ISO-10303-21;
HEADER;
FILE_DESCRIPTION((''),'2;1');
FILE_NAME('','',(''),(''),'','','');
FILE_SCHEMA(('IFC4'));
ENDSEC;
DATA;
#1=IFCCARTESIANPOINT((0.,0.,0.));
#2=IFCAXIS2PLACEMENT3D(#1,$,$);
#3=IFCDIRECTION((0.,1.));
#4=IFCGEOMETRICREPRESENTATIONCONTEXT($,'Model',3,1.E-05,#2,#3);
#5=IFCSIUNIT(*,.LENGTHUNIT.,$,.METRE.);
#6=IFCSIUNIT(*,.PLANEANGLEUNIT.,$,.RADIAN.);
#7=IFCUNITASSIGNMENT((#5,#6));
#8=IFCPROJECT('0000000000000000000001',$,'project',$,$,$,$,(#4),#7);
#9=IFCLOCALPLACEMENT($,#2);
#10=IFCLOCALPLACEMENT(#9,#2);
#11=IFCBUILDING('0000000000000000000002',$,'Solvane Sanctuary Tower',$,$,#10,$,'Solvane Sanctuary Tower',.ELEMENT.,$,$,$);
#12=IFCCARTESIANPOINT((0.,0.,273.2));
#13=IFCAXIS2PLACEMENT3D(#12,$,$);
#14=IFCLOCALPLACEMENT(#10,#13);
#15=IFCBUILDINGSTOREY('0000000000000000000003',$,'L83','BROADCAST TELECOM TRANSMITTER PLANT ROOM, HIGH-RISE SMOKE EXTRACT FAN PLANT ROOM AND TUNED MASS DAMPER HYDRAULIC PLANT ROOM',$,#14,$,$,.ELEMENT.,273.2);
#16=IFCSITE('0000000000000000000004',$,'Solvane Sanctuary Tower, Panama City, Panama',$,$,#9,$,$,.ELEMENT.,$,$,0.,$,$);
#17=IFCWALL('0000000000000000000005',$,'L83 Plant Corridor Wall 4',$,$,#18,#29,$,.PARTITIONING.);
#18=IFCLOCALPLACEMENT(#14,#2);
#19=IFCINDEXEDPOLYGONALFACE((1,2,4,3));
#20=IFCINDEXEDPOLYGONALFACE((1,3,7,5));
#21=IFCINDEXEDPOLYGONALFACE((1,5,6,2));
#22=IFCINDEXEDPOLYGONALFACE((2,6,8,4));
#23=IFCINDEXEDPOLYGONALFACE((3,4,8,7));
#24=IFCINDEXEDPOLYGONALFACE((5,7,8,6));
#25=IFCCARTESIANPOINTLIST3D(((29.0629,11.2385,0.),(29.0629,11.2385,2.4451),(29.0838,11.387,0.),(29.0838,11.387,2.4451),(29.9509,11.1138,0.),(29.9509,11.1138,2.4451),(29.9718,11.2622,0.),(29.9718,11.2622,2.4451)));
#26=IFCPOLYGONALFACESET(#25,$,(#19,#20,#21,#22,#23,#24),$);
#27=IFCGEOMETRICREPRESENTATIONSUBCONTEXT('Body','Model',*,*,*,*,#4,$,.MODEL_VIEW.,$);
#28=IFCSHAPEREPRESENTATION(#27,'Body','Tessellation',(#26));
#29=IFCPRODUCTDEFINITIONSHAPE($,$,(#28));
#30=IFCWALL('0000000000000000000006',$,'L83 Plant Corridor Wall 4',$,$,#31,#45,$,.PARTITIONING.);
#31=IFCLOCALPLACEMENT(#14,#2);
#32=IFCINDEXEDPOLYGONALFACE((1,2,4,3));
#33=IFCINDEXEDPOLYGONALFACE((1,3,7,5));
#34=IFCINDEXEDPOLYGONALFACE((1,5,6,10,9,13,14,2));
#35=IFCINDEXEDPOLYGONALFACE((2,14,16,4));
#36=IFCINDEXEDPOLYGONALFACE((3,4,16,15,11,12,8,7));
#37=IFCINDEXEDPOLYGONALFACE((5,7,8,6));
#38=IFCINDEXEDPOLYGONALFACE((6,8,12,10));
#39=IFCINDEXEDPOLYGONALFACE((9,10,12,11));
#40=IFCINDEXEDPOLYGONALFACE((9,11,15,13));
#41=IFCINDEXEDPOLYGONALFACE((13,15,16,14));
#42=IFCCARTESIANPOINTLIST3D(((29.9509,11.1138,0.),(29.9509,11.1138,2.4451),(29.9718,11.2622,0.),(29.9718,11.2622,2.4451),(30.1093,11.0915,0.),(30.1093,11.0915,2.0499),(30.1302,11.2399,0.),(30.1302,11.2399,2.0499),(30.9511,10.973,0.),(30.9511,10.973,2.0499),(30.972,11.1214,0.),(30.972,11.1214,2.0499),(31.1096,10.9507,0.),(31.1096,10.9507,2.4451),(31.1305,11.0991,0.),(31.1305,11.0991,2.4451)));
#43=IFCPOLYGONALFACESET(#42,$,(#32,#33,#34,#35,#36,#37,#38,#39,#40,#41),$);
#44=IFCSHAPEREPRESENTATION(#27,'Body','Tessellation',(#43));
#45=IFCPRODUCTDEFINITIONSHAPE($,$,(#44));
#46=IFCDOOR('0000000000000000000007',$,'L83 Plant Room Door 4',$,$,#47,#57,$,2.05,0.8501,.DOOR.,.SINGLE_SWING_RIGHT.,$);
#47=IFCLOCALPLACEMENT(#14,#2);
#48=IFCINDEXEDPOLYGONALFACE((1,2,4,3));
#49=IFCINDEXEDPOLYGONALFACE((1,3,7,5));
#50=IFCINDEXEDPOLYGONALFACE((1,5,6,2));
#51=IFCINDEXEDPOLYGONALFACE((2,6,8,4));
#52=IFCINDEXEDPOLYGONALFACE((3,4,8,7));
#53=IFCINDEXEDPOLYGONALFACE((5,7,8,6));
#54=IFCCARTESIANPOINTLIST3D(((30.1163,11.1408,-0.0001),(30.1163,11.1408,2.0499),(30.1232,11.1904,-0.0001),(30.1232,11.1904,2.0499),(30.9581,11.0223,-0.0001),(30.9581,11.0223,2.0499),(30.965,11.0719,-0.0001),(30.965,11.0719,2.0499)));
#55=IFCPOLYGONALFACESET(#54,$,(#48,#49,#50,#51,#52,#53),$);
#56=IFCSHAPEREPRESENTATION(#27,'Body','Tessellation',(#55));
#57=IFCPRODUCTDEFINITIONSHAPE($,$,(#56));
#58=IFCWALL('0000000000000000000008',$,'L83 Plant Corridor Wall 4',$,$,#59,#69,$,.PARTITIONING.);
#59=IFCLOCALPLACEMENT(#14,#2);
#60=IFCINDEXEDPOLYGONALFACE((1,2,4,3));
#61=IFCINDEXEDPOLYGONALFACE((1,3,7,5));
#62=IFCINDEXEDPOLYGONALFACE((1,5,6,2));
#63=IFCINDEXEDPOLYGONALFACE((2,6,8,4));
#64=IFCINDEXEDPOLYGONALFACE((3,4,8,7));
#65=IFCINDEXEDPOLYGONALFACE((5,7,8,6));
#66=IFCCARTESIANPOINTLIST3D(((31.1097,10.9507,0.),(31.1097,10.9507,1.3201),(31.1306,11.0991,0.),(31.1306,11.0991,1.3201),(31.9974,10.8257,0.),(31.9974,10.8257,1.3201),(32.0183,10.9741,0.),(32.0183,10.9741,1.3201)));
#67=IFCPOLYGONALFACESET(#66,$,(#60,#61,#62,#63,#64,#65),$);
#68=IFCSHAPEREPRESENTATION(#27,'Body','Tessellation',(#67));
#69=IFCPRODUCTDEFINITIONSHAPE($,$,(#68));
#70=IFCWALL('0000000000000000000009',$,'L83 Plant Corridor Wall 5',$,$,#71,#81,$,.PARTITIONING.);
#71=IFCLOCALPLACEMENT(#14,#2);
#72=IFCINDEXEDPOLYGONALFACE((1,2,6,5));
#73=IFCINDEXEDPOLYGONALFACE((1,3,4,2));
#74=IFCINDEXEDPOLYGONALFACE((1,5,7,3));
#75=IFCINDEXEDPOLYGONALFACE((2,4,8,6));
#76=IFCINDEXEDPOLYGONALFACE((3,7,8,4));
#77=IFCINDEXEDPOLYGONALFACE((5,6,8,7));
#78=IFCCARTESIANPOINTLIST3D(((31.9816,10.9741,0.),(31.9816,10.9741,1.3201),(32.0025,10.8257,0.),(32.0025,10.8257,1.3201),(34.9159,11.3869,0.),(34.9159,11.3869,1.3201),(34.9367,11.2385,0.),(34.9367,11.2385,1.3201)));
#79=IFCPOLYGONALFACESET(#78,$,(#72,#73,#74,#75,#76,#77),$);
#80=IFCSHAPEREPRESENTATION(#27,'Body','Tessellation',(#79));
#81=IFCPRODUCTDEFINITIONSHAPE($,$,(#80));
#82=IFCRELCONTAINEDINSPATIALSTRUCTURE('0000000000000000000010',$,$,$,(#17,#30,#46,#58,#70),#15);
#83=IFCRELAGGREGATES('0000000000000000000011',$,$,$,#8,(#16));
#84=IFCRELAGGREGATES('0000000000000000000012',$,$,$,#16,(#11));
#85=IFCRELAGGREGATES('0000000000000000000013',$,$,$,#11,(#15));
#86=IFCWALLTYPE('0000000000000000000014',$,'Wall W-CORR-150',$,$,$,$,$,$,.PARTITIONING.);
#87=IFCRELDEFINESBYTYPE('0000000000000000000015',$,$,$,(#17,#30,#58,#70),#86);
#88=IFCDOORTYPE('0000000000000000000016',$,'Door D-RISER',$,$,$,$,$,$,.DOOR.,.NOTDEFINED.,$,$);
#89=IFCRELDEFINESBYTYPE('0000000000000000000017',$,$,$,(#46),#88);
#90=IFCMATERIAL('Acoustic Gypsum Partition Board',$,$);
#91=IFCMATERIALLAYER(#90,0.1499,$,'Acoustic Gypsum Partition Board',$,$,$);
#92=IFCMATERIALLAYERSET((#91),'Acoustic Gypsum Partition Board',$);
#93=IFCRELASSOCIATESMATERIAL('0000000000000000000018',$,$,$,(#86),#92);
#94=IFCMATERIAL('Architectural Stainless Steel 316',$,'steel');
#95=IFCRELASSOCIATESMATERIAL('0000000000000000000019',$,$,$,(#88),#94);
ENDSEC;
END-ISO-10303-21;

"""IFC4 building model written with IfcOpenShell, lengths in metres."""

from ifc_helpers import new_model, si_unit, direction, frame, frame_2d, origin, place, context, subcontext, project, spatial, rectangle, extrude, material, layer, layer_set, type_object, element, fill, save


model = new_model("IFC4")

# Units and contexts
model_context = context("Model", 3, precision=1e-05, world=origin(), true_north=direction((0.0, 1.0)))
body_context = subcontext(model_context, "Body", "Model", "MODEL_VIEW")
ifc_project = project(units=[si_unit("LENGTHUNIT", "METRE"), si_unit("PLANEANGLEUNIT", "RADIAN")], contexts=[model_context])

# Site, building, storey
site_placement = place(None, origin())
site = spatial("IfcSite", under=ifc_project, at=site_placement, Name="Solvane Sanctuary Tower, Panama City, Panama", CompositionType="ELEMENT", RefElevation=0.0)
building_placement = place(site_placement, origin())
building = spatial("IfcBuilding", under=site, at=building_placement, Name="Solvane Sanctuary Tower", LongName="Solvane Sanctuary Tower", CompositionType="ELEMENT")
storey_placement = place(building_placement, frame((0.0, 0.0, 273.2)))
storey = spatial("IfcBuildingStorey", under=building, at=storey_placement, Name="L83", Description="BROADCAST TELECOM TRANSMITTER PLANT ROOM, HIGH-RISE SMOKE EXTRACT FAN PLANT ROOM AND TUNED MASS DAMPER HYDRAULIC PLANT ROOM", CompositionType="ELEMENT", Elevation=273.2)

# Wall
ifc_material_1 = material(Name="Acoustic Gypsum Partition Board")
ifc_layer_1 = layer(ifc_material_1, 0.1499, Name="Acoustic Gypsum Partition Board")
ifc_layer_set_1 = layer_set([ifc_layer_1], Name="Acoustic Gypsum Partition Board")
wall_type = type_object("IfcWallType", Name="Wall W-CORR-150", PredefinedType="PARTITIONING", material=ifc_layer_set_1)
wall_1_placement = place(storey_placement, frame((29.0735, 11.3127, 0.0), z_axis=(0.0, 0.0, 1.0), x_axis=(0.990274, -0.139134, 0.0)))
element("IfcWall", 1, at=wall_1_placement, inside=storey, type_object=wall_type, Name="L83 Plant Corridor Wall 4", PredefinedType="PARTITIONING", context=body_context, shape_type="SweptSolid", body=[
    extrude(rectangle(XDim=0.8967, YDim=0.1499, at=frame_2d((0.4482, 0.0))), origin(), (0.0, 0.0, 1.0), 2.4451),
])

# Wall, opening, door
wall_2_placement = place(storey_placement, frame((29.9614, 11.188, 0.0), z_axis=(0.0, 0.0, 1.0), x_axis=(0.990239, -0.139376, 0.0)))
wall_2 = element("IfcWall", 2, at=wall_2_placement, inside=storey, type_object=wall_type, Name="L83 Plant Corridor Wall 4", PredefinedType="PARTITIONING", context=body_context, shape_type="SweptSolid", body=[
    extrude(rectangle(XDim=1.1702, YDim=0.1499, at=frame_2d((0.585, 0.0))), origin(), (0.0, 0.0, 1.0), 2.4451),
])
opening_placement = place(wall_2_placement, frame((0.1599, 0.0, 0.0)))
opening = element("IfcOpeningElement", 3, at=opening_placement, cuts=wall_2, PredefinedType="OPENING", context=body_context, shape_type="SweptSolid", body=[
    extrude(rectangle(XDim=0.8501, YDim=2.05, at=frame_2d((0.425, 1.0249))), frame((0.0, 0.085, 0.0), z_axis=(0.0, -1.0, 0.0), x_axis=(1.0, 0.0, 0.0)), (0.0, 0.0, 1.0), 0.1699),
])
ifc_material_2 = material(Name="Architectural Stainless Steel 316", Category="steel")
door_type = type_object("IfcDoorType", Name="Door D-RISER", OperationType="NOTDEFINED", PredefinedType="DOOR", material=ifc_material_2)
door_placement = place(opening_placement, origin())
door = element("IfcDoor", 4, at=door_placement, inside=storey, type_object=door_type, Name="L83 Plant Room Door 4", OperationType="SINGLE_SWING_RIGHT", OverallHeight=2.05, OverallWidth=0.8501, PredefinedType="DOOR", context=body_context, shape_type="SweptSolid", body=[
    extrude(rectangle(XDim=0.8501, YDim=2.05, at=frame_2d((0.425, 1.0249))), frame((0.0, 0.0249, 0.0), z_axis=(0.0, -1.0, 0.0), x_axis=(1.0, 0.0, 0.0)), (0.0, 0.0, 1.0), 0.05),
])
fill(opening, door)

# Walls
wall_3_placement = place(storey_placement, frame((31.1201, 11.0249, 0.0), z_axis=(0.0, 0.0, 1.0), x_axis=(0.990231, -0.139438, 0.0)))
element("IfcWall", 5, at=wall_3_placement, inside=storey, type_object=wall_type, Name="L83 Plant Corridor Wall 4", PredefinedType="PARTITIONING", context=body_context, shape_type="SweptSolid", body=[
    extrude(rectangle(XDim=0.8965, YDim=0.1499, at=frame_2d((0.4482, 0.0))), origin(), (0.0, 0.0, 1.0), 1.3201),
])
wall_4_placement = place(storey_placement, frame((31.9922, 10.8999, 0.0), z_axis=(0.0, 0.0, 1.0), x_axis=(0.990247, 0.139322, 0.0)))
element("IfcWall", 6, at=wall_4_placement, inside=storey, type_object=wall_type, Name="L83 Plant Corridor Wall 5", PredefinedType="PARTITIONING", context=body_context, shape_type="SweptSolid", body=[
    extrude(rectangle(XDim=2.9631, YDim=0.1499, at=frame_2d((1.4814, 0.0))), origin(), (0.0, 0.0, 1.0), 1.3201),
])

save(model, "model.ifc")
